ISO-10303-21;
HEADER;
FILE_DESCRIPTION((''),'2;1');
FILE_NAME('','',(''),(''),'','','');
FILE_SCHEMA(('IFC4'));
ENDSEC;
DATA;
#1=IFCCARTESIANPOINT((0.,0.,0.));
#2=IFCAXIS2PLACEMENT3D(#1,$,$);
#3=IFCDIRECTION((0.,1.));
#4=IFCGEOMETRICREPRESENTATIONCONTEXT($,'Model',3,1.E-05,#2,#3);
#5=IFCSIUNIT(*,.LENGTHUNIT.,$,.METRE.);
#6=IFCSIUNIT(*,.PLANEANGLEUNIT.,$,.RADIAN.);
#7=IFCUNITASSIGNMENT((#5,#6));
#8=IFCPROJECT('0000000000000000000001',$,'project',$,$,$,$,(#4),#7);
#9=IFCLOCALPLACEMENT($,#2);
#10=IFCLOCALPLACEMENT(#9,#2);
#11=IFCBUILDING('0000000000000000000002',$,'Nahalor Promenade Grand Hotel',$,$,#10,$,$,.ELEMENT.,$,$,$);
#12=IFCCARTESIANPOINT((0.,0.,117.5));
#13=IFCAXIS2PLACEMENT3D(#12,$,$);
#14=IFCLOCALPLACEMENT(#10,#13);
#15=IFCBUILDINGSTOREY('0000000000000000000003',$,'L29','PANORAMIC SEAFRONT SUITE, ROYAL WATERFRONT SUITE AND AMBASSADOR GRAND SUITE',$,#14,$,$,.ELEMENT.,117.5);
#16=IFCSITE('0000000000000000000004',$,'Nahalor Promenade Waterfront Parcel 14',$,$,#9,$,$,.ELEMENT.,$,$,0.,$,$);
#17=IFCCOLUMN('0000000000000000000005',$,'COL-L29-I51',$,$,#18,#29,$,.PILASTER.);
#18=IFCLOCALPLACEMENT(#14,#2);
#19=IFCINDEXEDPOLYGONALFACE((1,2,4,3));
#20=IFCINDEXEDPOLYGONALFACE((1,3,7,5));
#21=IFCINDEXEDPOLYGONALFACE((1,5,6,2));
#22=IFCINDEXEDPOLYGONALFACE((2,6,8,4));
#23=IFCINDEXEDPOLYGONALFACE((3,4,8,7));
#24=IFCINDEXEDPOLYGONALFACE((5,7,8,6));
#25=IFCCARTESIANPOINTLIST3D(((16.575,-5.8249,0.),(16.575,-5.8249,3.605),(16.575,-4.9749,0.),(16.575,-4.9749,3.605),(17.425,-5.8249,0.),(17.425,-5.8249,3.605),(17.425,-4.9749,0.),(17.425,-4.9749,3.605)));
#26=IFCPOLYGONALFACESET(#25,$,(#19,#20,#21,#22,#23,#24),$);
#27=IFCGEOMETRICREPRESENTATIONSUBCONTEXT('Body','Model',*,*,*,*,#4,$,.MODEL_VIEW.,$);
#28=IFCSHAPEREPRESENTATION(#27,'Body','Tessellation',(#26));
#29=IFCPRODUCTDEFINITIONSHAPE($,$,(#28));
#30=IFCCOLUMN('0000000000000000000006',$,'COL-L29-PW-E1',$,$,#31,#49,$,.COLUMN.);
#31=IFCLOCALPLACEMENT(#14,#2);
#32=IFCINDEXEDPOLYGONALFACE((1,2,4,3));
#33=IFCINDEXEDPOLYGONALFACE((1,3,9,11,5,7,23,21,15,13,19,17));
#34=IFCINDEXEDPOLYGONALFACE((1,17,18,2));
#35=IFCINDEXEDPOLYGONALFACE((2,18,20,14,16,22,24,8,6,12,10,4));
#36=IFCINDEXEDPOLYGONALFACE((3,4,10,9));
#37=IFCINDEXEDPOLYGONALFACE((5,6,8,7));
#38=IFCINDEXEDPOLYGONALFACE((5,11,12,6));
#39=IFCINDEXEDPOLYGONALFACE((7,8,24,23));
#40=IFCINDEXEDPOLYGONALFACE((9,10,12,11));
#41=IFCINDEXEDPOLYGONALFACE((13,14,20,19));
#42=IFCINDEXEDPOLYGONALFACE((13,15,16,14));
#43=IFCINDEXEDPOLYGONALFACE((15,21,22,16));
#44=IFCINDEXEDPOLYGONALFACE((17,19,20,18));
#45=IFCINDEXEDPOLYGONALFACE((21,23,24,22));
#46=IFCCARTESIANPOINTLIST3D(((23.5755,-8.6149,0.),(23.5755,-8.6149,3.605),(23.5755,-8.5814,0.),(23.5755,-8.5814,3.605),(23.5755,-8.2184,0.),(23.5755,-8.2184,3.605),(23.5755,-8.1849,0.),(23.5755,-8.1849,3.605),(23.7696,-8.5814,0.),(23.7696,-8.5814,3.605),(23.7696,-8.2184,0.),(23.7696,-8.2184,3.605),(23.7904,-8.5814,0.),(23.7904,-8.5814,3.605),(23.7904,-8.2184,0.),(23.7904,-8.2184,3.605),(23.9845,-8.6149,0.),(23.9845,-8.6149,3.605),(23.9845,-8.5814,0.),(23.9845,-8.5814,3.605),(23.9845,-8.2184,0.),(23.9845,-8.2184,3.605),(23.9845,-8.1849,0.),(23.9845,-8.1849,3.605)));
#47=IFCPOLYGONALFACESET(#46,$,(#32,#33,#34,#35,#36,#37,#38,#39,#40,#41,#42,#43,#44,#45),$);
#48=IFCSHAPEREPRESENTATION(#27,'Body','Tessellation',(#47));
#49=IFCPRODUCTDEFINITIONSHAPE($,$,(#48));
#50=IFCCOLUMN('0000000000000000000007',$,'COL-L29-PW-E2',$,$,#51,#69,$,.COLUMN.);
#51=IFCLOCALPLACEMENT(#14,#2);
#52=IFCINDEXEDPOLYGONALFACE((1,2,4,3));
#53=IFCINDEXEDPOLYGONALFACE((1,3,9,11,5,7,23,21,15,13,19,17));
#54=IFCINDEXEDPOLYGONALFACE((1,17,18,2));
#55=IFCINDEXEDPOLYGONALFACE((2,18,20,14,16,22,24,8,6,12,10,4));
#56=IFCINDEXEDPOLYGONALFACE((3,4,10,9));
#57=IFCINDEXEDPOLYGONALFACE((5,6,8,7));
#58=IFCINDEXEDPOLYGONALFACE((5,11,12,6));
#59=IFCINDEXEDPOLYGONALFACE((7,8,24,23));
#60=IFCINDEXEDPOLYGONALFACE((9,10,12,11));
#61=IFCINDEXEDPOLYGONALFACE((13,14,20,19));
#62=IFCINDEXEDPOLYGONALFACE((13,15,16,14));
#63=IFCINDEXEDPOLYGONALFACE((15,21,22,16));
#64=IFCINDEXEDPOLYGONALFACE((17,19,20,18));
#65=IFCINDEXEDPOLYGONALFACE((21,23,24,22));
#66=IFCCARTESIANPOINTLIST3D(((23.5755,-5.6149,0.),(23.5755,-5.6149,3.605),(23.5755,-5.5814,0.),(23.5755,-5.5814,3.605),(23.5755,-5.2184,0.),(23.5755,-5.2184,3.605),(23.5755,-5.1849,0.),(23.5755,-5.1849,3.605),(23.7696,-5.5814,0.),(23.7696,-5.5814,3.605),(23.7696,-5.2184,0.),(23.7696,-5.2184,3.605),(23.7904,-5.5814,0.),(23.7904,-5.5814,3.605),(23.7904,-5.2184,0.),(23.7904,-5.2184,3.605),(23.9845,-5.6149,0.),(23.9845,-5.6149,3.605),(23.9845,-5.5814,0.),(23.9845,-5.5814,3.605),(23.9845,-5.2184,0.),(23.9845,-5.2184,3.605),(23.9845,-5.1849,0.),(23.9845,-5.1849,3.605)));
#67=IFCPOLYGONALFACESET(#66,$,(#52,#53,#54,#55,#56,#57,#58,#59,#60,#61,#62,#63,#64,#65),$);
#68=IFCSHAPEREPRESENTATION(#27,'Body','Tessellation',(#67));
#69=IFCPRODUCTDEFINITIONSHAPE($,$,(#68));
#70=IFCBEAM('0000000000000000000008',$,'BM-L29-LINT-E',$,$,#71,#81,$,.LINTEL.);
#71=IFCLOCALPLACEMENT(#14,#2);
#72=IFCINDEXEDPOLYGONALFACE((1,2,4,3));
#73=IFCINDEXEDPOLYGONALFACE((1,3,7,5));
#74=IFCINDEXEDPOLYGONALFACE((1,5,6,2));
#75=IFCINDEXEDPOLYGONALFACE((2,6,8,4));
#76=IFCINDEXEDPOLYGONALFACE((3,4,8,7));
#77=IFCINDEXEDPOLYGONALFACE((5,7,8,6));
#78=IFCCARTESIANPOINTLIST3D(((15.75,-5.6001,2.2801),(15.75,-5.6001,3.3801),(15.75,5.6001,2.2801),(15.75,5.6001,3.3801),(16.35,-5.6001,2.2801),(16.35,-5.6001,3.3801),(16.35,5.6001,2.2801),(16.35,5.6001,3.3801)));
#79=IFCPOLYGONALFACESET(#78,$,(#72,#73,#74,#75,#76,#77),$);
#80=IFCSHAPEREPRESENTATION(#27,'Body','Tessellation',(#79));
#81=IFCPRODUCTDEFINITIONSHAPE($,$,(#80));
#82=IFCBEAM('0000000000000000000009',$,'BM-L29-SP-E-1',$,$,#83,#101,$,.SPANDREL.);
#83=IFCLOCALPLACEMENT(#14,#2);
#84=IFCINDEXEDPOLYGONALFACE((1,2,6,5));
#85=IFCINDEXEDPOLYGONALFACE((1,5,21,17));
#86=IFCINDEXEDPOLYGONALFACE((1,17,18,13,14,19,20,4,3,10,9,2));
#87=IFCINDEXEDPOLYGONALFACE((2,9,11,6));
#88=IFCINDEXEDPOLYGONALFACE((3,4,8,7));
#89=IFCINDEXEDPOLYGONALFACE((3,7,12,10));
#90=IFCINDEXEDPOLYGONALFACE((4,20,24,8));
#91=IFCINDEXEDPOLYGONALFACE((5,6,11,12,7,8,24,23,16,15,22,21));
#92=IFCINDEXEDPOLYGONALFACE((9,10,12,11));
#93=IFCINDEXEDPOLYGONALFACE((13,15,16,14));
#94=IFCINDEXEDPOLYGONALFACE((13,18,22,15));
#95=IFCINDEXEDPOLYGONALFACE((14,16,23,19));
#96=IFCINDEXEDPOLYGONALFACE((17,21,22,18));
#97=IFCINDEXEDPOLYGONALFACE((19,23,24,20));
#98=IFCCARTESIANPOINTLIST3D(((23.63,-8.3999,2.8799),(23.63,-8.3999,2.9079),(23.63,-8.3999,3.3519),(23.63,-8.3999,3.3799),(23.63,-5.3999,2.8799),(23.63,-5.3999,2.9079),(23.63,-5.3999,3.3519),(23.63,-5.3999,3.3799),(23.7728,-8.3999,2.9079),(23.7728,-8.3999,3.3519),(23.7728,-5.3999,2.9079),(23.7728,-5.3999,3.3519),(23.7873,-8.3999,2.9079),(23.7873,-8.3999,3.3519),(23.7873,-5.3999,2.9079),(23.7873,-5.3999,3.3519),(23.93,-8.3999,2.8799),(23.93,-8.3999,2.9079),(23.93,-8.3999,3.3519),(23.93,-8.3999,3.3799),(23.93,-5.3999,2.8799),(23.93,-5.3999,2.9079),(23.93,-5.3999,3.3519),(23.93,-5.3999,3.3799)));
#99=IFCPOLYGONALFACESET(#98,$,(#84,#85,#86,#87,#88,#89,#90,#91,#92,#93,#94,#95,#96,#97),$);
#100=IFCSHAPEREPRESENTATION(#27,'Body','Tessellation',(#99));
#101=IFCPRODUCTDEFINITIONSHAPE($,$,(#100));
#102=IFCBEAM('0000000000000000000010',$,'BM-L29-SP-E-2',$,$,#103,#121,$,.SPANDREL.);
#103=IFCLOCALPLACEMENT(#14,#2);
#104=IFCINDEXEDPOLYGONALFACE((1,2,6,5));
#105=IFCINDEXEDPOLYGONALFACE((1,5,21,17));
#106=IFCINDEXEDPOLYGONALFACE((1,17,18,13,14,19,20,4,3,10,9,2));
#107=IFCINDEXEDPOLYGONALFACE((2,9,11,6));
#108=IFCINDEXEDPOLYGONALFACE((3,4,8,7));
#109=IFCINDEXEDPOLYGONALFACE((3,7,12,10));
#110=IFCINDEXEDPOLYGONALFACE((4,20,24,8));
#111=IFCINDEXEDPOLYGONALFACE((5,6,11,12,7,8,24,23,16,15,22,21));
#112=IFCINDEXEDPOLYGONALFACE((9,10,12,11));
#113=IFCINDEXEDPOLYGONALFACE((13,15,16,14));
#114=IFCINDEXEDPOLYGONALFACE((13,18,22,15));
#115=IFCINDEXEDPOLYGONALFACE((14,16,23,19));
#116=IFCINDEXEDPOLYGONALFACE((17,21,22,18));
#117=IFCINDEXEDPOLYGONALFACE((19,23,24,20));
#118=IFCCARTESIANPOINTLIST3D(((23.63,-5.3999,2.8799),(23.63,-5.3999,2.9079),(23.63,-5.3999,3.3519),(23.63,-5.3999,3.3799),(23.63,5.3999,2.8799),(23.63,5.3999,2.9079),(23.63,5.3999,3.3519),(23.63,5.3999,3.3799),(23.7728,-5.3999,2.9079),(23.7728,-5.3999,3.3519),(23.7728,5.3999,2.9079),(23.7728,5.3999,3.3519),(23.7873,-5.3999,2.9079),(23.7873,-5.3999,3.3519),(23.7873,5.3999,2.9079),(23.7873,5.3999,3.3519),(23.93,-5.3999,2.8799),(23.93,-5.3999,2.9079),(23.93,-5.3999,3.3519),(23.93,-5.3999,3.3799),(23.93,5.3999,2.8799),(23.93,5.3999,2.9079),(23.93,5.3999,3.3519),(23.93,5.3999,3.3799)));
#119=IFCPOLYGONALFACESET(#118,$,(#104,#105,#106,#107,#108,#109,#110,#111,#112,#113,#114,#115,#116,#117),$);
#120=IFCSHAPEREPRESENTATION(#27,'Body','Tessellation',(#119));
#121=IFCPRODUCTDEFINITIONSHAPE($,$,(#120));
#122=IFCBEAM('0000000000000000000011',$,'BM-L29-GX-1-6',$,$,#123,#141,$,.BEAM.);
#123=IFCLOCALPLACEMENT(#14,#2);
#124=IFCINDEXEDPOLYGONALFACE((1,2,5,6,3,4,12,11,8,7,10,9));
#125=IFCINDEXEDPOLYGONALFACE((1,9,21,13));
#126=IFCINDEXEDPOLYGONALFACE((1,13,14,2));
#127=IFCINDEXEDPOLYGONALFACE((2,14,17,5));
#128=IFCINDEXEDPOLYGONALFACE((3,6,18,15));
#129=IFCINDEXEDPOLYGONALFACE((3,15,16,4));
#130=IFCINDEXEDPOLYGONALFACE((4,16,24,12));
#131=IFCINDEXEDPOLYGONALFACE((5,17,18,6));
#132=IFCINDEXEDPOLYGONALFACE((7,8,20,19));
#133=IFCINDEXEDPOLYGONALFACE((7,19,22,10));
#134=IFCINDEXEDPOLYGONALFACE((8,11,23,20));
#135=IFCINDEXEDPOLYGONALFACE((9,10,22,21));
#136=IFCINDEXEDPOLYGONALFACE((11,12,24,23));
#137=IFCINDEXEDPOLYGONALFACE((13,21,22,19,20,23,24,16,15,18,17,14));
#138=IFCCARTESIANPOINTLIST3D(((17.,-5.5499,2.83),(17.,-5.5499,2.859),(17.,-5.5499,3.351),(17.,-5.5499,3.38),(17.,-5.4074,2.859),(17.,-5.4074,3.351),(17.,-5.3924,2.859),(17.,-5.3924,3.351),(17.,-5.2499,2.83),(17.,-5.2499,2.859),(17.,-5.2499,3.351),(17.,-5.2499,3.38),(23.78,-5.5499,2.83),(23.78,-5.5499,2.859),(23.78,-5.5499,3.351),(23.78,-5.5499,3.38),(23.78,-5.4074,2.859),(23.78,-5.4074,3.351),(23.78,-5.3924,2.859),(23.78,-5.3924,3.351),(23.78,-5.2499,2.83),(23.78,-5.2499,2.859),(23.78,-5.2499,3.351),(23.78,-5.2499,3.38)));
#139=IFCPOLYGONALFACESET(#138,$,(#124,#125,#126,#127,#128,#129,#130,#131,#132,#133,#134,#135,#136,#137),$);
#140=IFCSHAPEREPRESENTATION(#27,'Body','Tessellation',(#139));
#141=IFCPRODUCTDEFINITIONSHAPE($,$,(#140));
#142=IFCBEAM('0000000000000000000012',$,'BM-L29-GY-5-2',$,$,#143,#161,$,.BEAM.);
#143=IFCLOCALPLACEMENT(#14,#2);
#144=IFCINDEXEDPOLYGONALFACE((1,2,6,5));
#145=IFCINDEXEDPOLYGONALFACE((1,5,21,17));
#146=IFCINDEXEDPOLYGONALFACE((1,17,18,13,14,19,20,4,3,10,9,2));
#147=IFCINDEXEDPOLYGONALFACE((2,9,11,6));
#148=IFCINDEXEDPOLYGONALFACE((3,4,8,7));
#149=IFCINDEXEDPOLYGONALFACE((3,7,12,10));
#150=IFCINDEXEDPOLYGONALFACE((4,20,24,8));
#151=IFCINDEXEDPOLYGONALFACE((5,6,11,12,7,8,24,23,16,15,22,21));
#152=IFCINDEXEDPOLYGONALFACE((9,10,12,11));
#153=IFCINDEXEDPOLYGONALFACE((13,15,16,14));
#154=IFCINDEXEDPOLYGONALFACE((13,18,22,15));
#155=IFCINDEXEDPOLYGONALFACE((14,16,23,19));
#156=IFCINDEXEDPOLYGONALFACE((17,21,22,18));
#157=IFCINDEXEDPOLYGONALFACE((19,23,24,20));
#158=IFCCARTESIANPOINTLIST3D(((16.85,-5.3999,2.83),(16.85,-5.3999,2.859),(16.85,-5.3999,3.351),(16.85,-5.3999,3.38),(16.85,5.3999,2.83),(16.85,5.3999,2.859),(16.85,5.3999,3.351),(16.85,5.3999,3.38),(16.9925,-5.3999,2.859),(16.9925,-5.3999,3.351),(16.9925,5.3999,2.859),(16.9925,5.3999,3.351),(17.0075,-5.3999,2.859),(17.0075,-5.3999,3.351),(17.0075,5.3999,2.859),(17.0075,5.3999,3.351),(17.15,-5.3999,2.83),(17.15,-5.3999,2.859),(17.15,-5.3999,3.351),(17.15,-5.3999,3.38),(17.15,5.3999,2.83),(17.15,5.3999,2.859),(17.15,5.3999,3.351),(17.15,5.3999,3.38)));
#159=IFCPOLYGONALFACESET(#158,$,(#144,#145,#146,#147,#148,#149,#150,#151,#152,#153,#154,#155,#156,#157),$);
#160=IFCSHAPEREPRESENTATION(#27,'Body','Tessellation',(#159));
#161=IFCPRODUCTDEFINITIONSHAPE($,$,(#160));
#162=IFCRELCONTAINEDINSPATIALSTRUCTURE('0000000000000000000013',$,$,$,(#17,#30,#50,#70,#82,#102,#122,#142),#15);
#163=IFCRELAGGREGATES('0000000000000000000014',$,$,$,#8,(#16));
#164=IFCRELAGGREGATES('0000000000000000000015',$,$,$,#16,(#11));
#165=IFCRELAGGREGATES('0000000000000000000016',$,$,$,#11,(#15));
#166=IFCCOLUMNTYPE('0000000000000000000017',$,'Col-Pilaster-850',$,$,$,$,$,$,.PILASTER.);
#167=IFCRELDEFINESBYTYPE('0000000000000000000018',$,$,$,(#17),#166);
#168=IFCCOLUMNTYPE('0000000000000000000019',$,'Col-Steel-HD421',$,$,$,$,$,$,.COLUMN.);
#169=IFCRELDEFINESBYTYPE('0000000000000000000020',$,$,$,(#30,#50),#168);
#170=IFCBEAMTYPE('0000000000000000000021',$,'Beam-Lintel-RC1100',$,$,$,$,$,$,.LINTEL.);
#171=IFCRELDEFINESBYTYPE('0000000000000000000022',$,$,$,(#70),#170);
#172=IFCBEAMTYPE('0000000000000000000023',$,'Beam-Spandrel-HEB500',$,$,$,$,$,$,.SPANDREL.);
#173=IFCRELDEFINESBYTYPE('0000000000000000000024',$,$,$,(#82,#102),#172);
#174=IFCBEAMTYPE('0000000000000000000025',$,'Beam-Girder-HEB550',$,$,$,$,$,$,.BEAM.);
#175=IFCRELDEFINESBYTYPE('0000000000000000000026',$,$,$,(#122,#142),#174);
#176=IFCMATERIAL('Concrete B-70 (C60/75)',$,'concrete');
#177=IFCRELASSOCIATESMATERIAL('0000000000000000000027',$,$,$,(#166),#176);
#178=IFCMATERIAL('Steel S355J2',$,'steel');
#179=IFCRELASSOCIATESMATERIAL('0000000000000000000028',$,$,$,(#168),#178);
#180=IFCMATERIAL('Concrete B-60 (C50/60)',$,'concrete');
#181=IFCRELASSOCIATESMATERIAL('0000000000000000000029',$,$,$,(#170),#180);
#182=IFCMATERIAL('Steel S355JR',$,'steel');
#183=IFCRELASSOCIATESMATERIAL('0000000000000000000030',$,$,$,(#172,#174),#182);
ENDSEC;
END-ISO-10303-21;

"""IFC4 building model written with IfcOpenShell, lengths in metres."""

from ifc_helpers import new_model, si_unit, direction, frame, origin, origin_2d, place, context, subcontext, project, spatial, rectangle, i_section, extrude, source, transform, mapped, material, material_profile, profile_set, type_object, element, save


model = new_model("IFC4")

# Units and contexts
model_context = context("Model", 3, precision=1e-05, world=origin(), true_north=direction((0.0, 1.0)))
body_context = subcontext(model_context, "Body", "Model", "MODEL_VIEW")
ifc_project = project(units=[si_unit("LENGTHUNIT", "METRE"), si_unit("PLANEANGLEUNIT", "RADIAN")], contexts=[model_context])

# Site, building, storey
site_placement = place(None, origin())
site = spatial("IfcSite", under=ifc_project, at=site_placement, Name="Nahalor Promenade Waterfront Parcel 14", CompositionType="ELEMENT", RefElevation=0.0)
building_placement = place(site_placement, origin())
building = spatial("IfcBuilding", under=site, at=building_placement, Name="Nahalor Promenade Grand Hotel", CompositionType="ELEMENT")
storey_placement = place(building_placement, frame((0.0, 0.0, 117.5)))
storey = spatial("IfcBuildingStorey", under=building, at=storey_placement, Name="L29", Description="PANORAMIC SEAFRONT SUITE, ROYAL WATERFRONT SUITE AND AMBASSADOR GRAND SUITE", CompositionType="ELEMENT", Elevation=117.5)

# Columns
ifc_material_1 = material(Name="Concrete B-70 (C60/75)", Category="concrete")
ifc_material_profile_1 = material_profile(ifc_material_1, rectangle(XDim=0.85, YDim=0.85, at=origin_2d()), Name="RC 850x850")
ifc_profile_set_1 = profile_set([ifc_material_profile_1], Name="Concrete B-70 (C60/75)")
column_type_1 = type_object("IfcColumnType", Name="Col-Pilaster-850", PredefinedType="PILASTER", material=ifc_profile_set_1)
shared_shape_1 = source(origin(), body_context, "Body", "SweptSolid", [
    extrude(rectangle(XDim=0.85, YDim=0.85, at=origin_2d()), origin(), (0.0, 0.0, 1.0), 3.605),
])
column_placement = place(storey_placement, frame((17.0, -5.3999, 0.0), z_axis=(0.0, 0.0, 1.0), x_axis=(1.0, 0.0, 0.0)))
element("IfcColumn", 1, at=column_placement, inside=storey, type_object=column_type_1, Name="COL-L29-I51", PredefinedType="PILASTER", context=body_context, shape_type="MappedRepresentation", body=[
    mapped(shared_shape_1, transform((0.0, 0.0, 0.0), scale=1.0)),
])
ifc_material_2 = material(Name="Steel S355J2", Category="steel")
ifc_material_profile_2 = material_profile(ifc_material_2, i_section(OverallWidth=0.409, OverallDepth=0.43, WebThickness=0.0208, FlangeThickness=0.0335, at=origin_2d()), Name="HD 400x421")
ifc_profile_set_2 = profile_set([ifc_material_profile_2], Name="Steel S355J2")
column_type_2 = type_object("IfcColumnType", Name="Col-Steel-HD421", PredefinedType="COLUMN", material=ifc_profile_set_2)
shared_shape_2 = source(origin(), body_context, "Body", "SweptSolid", [
    extrude(i_section(OverallWidth=0.409, OverallDepth=0.43, WebThickness=0.0208, FlangeThickness=0.0335, at=origin_2d()), origin(), (0.0, 0.0, 1.0), 3.605),
])
for number, where, z_axis, x_axis, name in (
    (2, (23.78, -8.3999, 0.0), (0.0, 0.0, 1.0), (1.0, 0.0, 0.0), "COL-L29-PW-E1"),
    (3, (23.78, -5.3999, 0.0), (0.0, 0.0, 1.0), (1.0, 0.0, 0.0), "COL-L29-PW-E2"),
):
    element("IfcColumn", number, at=place(storey_placement, frame(where, z_axis=z_axis, x_axis=x_axis)), inside=storey, type_object=column_type_2, Name=name, PredefinedType="COLUMN", context=body_context, shape_type="MappedRepresentation", body=[
        mapped(shared_shape_2, transform((0.0, 0.0, 0.0), scale=1.0)),
    ])

# Beams
ifc_material_3 = material(Name="Concrete B-60 (C50/60)", Category="concrete")
ifc_material_profile_3 = material_profile(ifc_material_3, rectangle(XDim=0.6, YDim=1.1, at=origin_2d()), Name="RC 600x1100")
ifc_profile_set_3 = profile_set([ifc_material_profile_3], Name="Concrete B-60 (C50/60)")
beam_type_1 = type_object("IfcBeamType", Name="Beam-Lintel-RC1100", PredefinedType="LINTEL", material=ifc_profile_set_3)
shared_shape_3 = source(origin(), body_context, "Body", "SweptSolid", [
    extrude(rectangle(XDim=0.6, YDim=1.1, at=origin_2d()), origin(), (0.0, 0.0, 1.0), 11.2002),
])
beam_1_placement = place(storey_placement, frame((16.05, -5.6001, 2.8301), z_axis=(0.0, 1.0, 0.0), x_axis=(-1.0, 0.0, 0.0)))
element("IfcBeam", 4, at=beam_1_placement, inside=storey, type_object=beam_type_1, Name="BM-L29-LINT-E", PredefinedType="LINTEL", context=body_context, shape_type="MappedRepresentation", body=[
    mapped(shared_shape_3, transform((0.0, 0.0, 0.0), scale=1.0)),
])
ifc_material_4 = material(Name="Steel S355JR", Category="steel")
ifc_material_profile_4 = material_profile(ifc_material_4, i_section(OverallWidth=0.3, OverallDepth=0.5, WebThickness=0.0145, FlangeThickness=0.028, at=origin_2d()), Name="HEB 500")
ifc_profile_set_4 = profile_set([ifc_material_profile_4], Name="Steel S355JR")
beam_type_2 = type_object("IfcBeamType", Name="Beam-Spandrel-HEB500", PredefinedType="SPANDREL", material=ifc_profile_set_4)
shared_shape_4 = source(origin(), body_context, "Body", "SweptSolid", [
    extrude(i_section(OverallWidth=0.3, OverallDepth=0.5, WebThickness=0.0145, FlangeThickness=0.028, at=origin_2d()), origin(), (0.0, 0.0, 1.0), 3.0),
])
beam_2_placement = place(storey_placement, frame((23.78, -8.3999, 3.1299), z_axis=(0.0, 1.0, 0.0), x_axis=(-1.0, 0.0, 0.0)))
element("IfcBeam", 5, at=beam_2_placement, inside=storey, type_object=beam_type_2, Name="BM-L29-SP-E-1", PredefinedType="SPANDREL", context=body_context, shape_type="MappedRepresentation", body=[
    mapped(shared_shape_4, transform((0.0, 0.0, 0.0), scale=1.0)),
])
shared_shape_5 = source(origin(), body_context, "Body", "SweptSolid", [
    extrude(i_section(OverallWidth=0.3, OverallDepth=0.5, WebThickness=0.0145, FlangeThickness=0.028, at=origin_2d()), origin(), (0.0, 0.0, 1.0), 10.7998),
])
beam_3_placement = place(storey_placement, frame((23.78, -5.3999, 3.1299), z_axis=(0.0, 1.0, 0.0), x_axis=(-1.0, 0.0, 0.0)))
element("IfcBeam", 6, at=beam_3_placement, inside=storey, type_object=beam_type_2, Name="BM-L29-SP-E-2", PredefinedType="SPANDREL", context=body_context, shape_type="MappedRepresentation", body=[
    mapped(shared_shape_5, transform((0.0, 0.0, 0.0), scale=1.0)),
])
ifc_material_profile_5 = material_profile(ifc_material_4, i_section(OverallWidth=0.3, OverallDepth=0.55, WebThickness=0.015, FlangeThickness=0.029, at=origin_2d()), Name="HEB 550")
ifc_profile_set_5 = profile_set([ifc_material_profile_5], Name="Steel S355JR")
beam_type_3 = type_object("IfcBeamType", Name="Beam-Girder-HEB550", PredefinedType="BEAM", material=ifc_profile_set_5)
shared_shape_6 = source(origin(), body_context, "Body", "SweptSolid", [
    extrude(i_section(OverallWidth=0.3, OverallDepth=0.55, WebThickness=0.015, FlangeThickness=0.029, at=origin_2d()), origin(), (0.0, 0.0, 1.0), 6.78),
])
beam_4_placement = place(storey_placement, frame((17.0, -5.3999, 3.105), z_axis=(1.0, 0.0, 0.0), x_axis=(0.0, 1.0, 0.0)))
element("IfcBeam", 7, at=beam_4_placement, inside=storey, type_object=beam_type_3, Name="BM-L29-GX-1-6", PredefinedType="BEAM", context=body_context, shape_type="MappedRepresentation", body=[
    mapped(shared_shape_6, transform((0.0, 0.0, 0.0), scale=1.0)),
])
shared_shape_7 = source(origin(), body_context, "Body", "SweptSolid", [
    extrude(i_section(OverallWidth=0.3, OverallDepth=0.55, WebThickness=0.015, FlangeThickness=0.029, at=origin_2d()), origin(), (0.0, 0.0, 1.0), 10.7998),
])
beam_5_placement = place(storey_placement, frame((17.0, -5.3999, 3.105), z_axis=(0.0, 1.0, 0.0), x_axis=(-1.0, 0.0, 0.0)))
element("IfcBeam", 8, at=beam_5_placement, inside=storey, type_object=beam_type_3, Name="BM-L29-GY-5-2", PredefinedType="BEAM", context=body_context, shape_type="MappedRepresentation", body=[
    mapped(shared_shape_7, transform((0.0, 0.0, 0.0), scale=1.0)),
])

save(model, "model.ifc")
